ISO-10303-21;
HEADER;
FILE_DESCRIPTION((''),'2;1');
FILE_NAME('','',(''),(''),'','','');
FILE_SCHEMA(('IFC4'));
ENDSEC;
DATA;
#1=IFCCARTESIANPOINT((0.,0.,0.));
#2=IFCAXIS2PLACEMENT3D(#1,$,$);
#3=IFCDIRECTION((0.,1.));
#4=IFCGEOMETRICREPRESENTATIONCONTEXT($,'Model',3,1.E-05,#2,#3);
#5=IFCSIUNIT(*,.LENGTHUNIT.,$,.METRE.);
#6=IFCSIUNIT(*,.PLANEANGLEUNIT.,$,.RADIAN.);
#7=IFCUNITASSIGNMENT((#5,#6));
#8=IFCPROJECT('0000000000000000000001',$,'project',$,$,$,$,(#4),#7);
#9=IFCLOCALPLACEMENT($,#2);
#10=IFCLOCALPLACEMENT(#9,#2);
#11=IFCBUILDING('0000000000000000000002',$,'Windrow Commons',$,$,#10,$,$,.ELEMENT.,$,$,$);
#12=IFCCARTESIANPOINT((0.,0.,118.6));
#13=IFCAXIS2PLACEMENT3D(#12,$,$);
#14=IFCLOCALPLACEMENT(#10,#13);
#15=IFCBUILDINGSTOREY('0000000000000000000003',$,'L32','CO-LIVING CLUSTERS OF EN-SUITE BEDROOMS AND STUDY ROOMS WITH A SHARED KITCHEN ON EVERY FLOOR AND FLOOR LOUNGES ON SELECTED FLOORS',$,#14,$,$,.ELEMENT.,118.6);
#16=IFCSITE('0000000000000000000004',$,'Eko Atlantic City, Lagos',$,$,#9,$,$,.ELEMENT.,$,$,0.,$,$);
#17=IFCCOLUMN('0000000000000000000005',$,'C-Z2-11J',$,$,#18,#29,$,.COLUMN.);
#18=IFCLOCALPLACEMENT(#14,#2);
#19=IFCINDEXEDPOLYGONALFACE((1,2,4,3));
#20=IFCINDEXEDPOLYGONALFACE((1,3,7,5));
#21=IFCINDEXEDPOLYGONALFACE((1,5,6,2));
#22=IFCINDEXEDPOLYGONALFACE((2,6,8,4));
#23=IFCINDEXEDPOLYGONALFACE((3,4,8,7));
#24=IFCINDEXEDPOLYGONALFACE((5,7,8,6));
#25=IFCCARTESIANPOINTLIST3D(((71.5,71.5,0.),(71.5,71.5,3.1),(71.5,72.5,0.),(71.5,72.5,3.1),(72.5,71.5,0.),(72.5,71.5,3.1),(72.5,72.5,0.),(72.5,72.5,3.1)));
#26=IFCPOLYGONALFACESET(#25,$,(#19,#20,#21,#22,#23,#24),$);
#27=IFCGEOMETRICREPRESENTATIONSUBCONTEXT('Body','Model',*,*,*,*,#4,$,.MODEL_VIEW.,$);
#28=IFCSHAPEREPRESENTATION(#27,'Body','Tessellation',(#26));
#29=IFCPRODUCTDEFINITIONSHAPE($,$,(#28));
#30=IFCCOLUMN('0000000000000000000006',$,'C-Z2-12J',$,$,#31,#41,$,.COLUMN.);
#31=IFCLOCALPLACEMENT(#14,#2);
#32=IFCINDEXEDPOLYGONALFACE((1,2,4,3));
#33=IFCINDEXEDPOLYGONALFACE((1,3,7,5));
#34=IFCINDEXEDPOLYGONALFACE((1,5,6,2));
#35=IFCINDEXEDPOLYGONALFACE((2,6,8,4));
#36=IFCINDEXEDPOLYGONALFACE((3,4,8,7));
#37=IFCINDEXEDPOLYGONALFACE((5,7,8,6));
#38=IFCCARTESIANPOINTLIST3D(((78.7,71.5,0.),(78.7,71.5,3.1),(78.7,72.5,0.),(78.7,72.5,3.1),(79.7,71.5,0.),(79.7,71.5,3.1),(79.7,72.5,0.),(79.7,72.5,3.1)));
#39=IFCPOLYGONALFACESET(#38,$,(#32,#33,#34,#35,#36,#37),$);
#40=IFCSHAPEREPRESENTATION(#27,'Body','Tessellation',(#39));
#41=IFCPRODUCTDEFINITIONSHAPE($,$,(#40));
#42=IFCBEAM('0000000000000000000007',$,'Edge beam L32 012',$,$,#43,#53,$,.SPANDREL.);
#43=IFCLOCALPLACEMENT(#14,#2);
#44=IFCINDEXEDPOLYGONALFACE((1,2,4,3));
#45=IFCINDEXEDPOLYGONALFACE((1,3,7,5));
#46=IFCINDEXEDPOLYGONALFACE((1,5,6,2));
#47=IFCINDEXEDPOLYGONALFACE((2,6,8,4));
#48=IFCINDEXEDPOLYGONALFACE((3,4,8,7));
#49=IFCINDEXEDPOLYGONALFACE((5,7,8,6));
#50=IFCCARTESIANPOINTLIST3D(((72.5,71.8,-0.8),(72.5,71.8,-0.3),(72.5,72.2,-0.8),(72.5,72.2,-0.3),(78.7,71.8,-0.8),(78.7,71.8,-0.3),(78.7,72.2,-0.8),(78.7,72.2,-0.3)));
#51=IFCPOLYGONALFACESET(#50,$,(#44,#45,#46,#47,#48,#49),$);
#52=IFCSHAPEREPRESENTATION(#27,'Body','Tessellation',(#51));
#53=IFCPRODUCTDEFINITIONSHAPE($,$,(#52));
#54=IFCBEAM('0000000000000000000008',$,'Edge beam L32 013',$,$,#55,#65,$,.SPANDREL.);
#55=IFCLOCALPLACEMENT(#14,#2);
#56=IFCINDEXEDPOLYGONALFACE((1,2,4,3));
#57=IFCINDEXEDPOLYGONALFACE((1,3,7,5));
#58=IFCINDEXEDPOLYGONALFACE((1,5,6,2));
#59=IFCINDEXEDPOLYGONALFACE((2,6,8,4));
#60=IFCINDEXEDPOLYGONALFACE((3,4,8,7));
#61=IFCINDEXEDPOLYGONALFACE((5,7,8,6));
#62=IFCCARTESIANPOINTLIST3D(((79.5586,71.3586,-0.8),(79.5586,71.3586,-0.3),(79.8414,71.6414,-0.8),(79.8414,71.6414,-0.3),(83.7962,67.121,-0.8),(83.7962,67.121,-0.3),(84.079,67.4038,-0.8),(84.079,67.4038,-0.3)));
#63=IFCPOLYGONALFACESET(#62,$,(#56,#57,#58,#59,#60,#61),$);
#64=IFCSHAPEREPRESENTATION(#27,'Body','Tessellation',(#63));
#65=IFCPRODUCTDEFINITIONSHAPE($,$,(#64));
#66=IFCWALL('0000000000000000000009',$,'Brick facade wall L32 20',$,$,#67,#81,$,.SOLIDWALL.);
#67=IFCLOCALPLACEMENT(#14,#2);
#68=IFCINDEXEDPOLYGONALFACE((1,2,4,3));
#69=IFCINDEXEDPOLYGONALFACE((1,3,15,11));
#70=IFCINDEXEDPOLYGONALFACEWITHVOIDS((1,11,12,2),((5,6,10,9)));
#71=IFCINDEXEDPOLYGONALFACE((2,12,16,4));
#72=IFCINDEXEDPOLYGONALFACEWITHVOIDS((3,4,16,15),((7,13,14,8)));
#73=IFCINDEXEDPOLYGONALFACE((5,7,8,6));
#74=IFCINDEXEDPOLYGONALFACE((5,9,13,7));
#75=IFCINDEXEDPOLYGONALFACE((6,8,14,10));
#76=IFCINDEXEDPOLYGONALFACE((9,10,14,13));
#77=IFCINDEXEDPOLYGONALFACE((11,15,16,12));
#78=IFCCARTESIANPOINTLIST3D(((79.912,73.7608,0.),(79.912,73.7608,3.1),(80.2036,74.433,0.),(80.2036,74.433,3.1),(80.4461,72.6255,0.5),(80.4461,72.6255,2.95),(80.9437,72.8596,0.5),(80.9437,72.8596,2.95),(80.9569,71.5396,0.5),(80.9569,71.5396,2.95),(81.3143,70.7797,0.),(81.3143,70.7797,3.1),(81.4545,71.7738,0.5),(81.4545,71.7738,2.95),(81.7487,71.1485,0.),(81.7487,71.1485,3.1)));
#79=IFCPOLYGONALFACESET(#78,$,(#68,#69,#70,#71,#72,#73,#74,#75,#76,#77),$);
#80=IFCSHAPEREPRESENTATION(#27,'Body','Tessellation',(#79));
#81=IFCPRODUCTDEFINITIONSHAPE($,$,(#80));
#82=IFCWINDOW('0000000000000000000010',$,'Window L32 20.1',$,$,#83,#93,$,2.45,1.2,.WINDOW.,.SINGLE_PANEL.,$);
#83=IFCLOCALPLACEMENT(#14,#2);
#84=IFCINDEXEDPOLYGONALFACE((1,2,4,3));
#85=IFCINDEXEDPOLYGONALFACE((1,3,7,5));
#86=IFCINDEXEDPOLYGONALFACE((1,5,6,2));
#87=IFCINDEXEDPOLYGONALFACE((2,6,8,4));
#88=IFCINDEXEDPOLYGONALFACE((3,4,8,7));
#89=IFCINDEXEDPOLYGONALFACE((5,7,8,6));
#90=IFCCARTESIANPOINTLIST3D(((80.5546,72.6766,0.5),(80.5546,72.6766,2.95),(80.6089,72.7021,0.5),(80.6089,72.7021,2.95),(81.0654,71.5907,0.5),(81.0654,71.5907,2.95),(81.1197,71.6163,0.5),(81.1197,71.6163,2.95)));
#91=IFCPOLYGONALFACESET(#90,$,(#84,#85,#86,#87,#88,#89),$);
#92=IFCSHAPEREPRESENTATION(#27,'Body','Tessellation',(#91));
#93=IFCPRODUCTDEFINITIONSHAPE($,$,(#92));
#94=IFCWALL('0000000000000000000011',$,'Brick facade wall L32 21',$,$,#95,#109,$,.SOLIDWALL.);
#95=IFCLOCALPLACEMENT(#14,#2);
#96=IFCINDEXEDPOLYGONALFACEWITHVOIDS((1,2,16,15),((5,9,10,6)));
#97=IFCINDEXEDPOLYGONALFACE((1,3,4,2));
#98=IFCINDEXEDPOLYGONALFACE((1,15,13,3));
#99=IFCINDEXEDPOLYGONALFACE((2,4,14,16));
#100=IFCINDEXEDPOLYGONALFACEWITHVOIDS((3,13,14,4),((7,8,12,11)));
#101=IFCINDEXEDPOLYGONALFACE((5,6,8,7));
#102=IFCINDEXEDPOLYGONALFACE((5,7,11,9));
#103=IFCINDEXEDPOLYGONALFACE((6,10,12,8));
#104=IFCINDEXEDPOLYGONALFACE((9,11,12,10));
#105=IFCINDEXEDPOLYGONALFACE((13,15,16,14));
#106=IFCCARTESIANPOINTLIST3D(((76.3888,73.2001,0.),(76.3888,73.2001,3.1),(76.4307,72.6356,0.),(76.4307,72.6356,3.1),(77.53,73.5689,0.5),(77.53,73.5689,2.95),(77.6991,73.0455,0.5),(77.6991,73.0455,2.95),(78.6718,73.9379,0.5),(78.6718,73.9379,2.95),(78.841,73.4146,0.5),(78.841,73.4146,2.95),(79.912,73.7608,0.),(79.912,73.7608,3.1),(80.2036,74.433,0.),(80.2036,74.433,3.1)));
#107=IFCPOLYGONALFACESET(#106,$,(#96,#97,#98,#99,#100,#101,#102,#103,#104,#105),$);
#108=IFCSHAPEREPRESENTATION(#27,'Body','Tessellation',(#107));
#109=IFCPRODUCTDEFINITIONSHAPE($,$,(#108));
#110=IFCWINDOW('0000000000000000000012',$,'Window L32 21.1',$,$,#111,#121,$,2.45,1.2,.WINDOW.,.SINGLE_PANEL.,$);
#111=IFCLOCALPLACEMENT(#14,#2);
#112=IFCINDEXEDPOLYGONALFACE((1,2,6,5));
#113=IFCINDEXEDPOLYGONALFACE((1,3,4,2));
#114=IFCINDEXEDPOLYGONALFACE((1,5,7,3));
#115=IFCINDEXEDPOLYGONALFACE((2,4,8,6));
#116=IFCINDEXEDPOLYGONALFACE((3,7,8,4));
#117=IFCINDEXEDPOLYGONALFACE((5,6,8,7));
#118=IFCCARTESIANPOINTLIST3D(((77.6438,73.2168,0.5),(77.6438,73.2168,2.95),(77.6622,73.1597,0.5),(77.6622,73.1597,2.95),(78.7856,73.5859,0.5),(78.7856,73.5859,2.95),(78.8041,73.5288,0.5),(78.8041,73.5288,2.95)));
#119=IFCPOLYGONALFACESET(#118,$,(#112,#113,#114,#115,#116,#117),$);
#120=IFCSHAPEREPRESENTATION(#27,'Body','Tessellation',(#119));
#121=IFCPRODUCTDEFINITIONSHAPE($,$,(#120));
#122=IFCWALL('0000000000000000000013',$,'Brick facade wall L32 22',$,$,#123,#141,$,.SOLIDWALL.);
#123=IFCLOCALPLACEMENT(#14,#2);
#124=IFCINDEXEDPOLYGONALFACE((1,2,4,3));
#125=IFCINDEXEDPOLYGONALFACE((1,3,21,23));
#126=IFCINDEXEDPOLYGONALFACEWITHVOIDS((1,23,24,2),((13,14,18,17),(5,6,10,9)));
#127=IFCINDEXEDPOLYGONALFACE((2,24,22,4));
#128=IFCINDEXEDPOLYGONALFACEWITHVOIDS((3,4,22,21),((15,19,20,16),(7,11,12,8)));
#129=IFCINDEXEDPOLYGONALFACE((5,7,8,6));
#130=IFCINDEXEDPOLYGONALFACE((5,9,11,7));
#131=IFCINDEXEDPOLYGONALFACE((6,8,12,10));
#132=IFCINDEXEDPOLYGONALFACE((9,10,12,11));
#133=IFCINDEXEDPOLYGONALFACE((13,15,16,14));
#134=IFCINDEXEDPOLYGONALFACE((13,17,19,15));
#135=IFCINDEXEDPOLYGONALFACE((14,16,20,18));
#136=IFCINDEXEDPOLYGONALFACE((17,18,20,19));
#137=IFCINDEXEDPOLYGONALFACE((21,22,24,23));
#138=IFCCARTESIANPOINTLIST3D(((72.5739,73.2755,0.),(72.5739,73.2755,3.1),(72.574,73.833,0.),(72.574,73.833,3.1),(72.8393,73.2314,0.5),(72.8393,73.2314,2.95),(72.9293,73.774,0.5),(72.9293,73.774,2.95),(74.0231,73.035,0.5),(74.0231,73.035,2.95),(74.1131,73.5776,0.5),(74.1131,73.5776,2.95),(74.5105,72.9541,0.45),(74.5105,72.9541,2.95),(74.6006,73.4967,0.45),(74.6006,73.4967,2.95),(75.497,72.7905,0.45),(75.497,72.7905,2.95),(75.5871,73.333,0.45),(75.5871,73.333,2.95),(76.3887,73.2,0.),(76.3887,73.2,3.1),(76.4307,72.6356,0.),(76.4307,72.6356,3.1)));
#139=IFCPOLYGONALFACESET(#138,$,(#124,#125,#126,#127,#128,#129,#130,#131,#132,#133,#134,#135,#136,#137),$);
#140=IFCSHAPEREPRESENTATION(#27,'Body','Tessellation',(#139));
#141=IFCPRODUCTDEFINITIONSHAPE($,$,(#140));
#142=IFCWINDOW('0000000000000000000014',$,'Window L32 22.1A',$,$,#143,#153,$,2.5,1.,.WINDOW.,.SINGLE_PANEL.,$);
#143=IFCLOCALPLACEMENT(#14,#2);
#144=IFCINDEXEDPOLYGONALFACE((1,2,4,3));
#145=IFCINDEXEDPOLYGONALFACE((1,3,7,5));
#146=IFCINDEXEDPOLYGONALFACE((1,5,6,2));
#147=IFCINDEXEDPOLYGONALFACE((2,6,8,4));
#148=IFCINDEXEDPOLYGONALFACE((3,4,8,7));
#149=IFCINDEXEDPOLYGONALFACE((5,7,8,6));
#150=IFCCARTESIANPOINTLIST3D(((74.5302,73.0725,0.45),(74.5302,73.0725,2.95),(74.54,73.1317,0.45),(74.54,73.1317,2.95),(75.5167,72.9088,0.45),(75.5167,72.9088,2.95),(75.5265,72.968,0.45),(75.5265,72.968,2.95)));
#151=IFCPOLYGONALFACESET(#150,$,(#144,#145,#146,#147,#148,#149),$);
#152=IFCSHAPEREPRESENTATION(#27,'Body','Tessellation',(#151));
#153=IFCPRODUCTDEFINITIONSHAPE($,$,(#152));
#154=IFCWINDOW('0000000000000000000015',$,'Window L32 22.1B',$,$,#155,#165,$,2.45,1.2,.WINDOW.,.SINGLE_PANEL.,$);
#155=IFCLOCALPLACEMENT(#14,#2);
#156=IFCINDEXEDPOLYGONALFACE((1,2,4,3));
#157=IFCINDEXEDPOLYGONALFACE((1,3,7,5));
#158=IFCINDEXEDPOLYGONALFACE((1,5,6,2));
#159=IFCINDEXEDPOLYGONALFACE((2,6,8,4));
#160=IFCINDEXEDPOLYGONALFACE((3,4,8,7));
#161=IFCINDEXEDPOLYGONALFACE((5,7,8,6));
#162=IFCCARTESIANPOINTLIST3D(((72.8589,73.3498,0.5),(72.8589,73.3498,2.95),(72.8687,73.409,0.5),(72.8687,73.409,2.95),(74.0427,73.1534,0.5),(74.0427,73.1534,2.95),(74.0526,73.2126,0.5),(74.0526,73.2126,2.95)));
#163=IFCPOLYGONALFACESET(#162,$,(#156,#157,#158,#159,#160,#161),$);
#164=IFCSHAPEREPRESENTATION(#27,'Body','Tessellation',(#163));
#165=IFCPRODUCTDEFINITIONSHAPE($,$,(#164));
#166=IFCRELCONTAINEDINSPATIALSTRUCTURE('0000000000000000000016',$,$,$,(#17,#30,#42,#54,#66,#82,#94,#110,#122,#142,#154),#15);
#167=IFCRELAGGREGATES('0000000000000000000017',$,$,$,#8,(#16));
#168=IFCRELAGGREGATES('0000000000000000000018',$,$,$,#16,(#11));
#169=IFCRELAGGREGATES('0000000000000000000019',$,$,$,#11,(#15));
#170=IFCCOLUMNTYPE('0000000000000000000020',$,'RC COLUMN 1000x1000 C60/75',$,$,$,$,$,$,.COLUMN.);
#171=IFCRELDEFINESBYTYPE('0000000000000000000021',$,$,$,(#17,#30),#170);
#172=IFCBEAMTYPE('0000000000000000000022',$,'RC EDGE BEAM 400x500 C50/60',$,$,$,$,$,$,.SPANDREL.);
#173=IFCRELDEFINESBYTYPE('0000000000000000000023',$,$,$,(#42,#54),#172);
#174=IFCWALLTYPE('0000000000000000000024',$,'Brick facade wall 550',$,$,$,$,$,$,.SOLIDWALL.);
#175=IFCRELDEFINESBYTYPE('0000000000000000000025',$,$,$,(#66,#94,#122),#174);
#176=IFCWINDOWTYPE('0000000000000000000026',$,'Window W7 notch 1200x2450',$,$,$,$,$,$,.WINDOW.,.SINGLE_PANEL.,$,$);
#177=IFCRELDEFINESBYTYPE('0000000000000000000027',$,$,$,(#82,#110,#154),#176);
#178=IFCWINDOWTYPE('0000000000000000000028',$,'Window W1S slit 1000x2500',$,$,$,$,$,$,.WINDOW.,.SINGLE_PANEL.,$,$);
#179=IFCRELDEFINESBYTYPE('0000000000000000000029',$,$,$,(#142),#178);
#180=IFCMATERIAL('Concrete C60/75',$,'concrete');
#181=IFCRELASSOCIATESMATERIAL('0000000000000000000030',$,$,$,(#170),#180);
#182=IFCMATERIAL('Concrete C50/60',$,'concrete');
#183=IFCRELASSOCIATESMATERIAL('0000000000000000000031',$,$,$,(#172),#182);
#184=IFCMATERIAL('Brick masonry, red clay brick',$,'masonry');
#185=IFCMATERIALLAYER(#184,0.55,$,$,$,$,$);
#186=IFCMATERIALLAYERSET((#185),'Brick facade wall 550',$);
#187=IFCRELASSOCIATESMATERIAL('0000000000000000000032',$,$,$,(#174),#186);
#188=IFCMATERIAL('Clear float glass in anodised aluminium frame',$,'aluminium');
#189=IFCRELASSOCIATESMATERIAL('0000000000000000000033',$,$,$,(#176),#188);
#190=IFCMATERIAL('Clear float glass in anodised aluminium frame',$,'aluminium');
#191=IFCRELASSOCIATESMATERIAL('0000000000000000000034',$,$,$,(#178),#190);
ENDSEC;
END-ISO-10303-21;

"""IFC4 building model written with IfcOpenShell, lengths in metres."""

from ifc_helpers import new_model, si_unit, direction, frame, frame_2d, origin, origin_2d, place, context, subcontext, project, spatial, polyline, rectangle, outline, extrude, material, layer, layer_set, material_profile, profile_set, type_object, element, fill, save


model = new_model("IFC4")

# Units and contexts
model_context = context("Model", 3, precision=1e-05, world=origin(), true_north=direction((0.0, 1.0)))
body_context = subcontext(model_context, "Body", "Model", "MODEL_VIEW")
ifc_project = project(units=[si_unit("LENGTHUNIT", "METRE"), si_unit("PLANEANGLEUNIT", "RADIAN")], contexts=[model_context])

# Site, building, storey
site_placement = place(None, origin())
site = spatial("IfcSite", under=ifc_project, at=site_placement, Name="Eko Atlantic City, Lagos", CompositionType="ELEMENT", RefElevation=0.0)
building_placement = place(site_placement, origin())
building = spatial("IfcBuilding", under=site, at=building_placement, Name="Windrow Commons", CompositionType="ELEMENT")
storey_placement = place(building_placement, frame((0.0, 0.0, 118.6)))
storey = spatial("IfcBuildingStorey", under=building, at=storey_placement, Name="L32", Description="CO-LIVING CLUSTERS OF EN-SUITE BEDROOMS AND STUDY ROOMS WITH A SHARED KITCHEN ON EVERY FLOOR AND FLOOR LOUNGES ON SELECTED FLOORS", CompositionType="ELEMENT", Elevation=118.6)

# Columns
ifc_material_1 = material(Name="Concrete C60/75", Category="concrete")
ifc_material_profile_1 = material_profile(ifc_material_1, rectangle(XDim=1.0, YDim=1.0, at=origin_2d()))
ifc_profile_set_1 = profile_set([ifc_material_profile_1], Name="Concrete C60/75")
column_type = type_object("IfcColumnType", Name="RC COLUMN 1000x1000 C60/75", PredefinedType="COLUMN", material=ifc_profile_set_1)
for number, where, z_axis, x_axis, name in (
    (1, (72.0, 72.0, 0.0), (0.0, 0.0, 1.0), (1.0, 0.0, 0.0), "C-Z2-11J"),
    (2, (79.2, 72.0, 0.0), (0.0, 0.0, 1.0), (1.0, 0.0, 0.0), "C-Z2-12J"),
):
    element("IfcColumn", number, at=place(storey_placement, frame(where, z_axis=z_axis, x_axis=x_axis)), inside=storey, type_object=column_type, Name=name, PredefinedType="COLUMN", context=body_context, shape_type="SweptSolid", body=[
        extrude(rectangle(XDim=1.0, YDim=1.0, at=origin_2d()), origin(), (0.0, 0.0, 1.0), 3.1),
    ])

# Beams
ifc_material_2 = material(Name="Concrete C50/60", Category="concrete")
ifc_material_profile_2 = material_profile(ifc_material_2, rectangle(XDim=0.4, YDim=0.5, at=origin_2d()))
ifc_profile_set_2 = profile_set([ifc_material_profile_2], Name="Concrete C50/60")
beam_type = type_object("IfcBeamType", Name="RC EDGE BEAM 400x500 C50/60", PredefinedType="SPANDREL", material=ifc_profile_set_2)
beam_1_placement = place(storey_placement, frame((72.5, 72.0, -0.55), z_axis=(1.0, 0.0, 0.0), x_axis=(0.0, 1.0, 0.0)))
element("IfcBeam", 3, at=beam_1_placement, inside=storey, type_object=beam_type, Name="Edge beam L32 012", PredefinedType="SPANDREL", context=body_context, shape_type="SweptSolid", body=[
    extrude(rectangle(XDim=0.4, YDim=0.5, at=origin_2d()), origin(), (0.0, 0.0, 1.0), 6.2),
])
beam_2_placement = place(storey_placement, frame((79.7, 71.5, -0.55), z_axis=(0.707107, -0.707107, 0.0), x_axis=(0.707107, 0.707107, 0.0)))
element("IfcBeam", 4, at=beam_2_placement, inside=storey, type_object=beam_type, Name="Edge beam L32 013", PredefinedType="SPANDREL", context=body_context, shape_type="SweptSolid", body=[
    extrude(rectangle(XDim=0.4, YDim=0.5, at=origin_2d()), origin(), (0.0, 0.0, 1.0), 5.9929),
])

# Walls, openings, windows
ifc_material_3 = material(Name="Brick masonry, red clay brick", Category="masonry")
ifc_layer_1 = layer(ifc_material_3, 0.55)
ifc_layer_set_1 = layer_set([ifc_layer_1], Name="Brick facade wall 550")
wall_type_1 = type_object("IfcWallType", Name="Brick facade wall 550", PredefinedType="SOLIDWALL", material=ifc_layer_set_1)
wall_1_placement = place(storey_placement, frame((81.5315, 70.9641, 0.0), z_axis=(0.0, 0.0, 1.0), x_axis=(-0.425665, 0.904881, 0.0)))
wall_1 = element("IfcWall", 5, at=wall_1_placement, inside=storey, type_object=wall_type_1, Name="Brick facade wall L32 20", PredefinedType="SOLIDWALL", context=body_context, shape_type="SweptSolid", body=[
    extrude(outline(polyline([(0.0744, -0.275), (3.7042, -0.275), (3.22, 0.275), (-0.0744, 0.275), (0.0744, -0.275)])), origin(), (0.0, 0.0, 1.0), 3.1),
])
opening_1_placement = place(wall_1_placement, frame((0.7654, 0.0, 0.5)))
opening_1 = element("IfcOpeningElement", 6, at=opening_1_placement, cuts=wall_1, PredefinedType="OPENING", context=body_context, shape_type="SweptSolid", body=[
    extrude(rectangle(XDim=1.2, YDim=2.45, at=frame_2d((0.6, 1.225))), frame((0.0, 0.285, 0.0), z_axis=(0.0, -1.0, 0.0), x_axis=(1.0, 0.0, 0.0)), (0.0, 0.0, 1.0), 0.57),
])
ifc_material_4 = material(Name="Clear float glass in anodised aluminium frame", Category="aluminium")
window_type_1 = type_object("IfcWindowType", Name="Window W7 notch 1200x2450", PartitioningType="SINGLE_PANEL", PredefinedType="WINDOW", material=ifc_material_4)
window_1_placement = place(opening_1_placement, origin())
window_1 = element("IfcWindow", 7, at=window_1_placement, inside=storey, type_object=window_type_1, Name="Window L32 20.1", OverallHeight=2.45, OverallWidth=1.2, PartitioningType="SINGLE_PANEL", PredefinedType="WINDOW", context=body_context, shape_type="SweptSolid", body=[
    extrude(rectangle(XDim=1.2, YDim=2.45, at=frame_2d((0.6, 1.225))), frame((0.0, 0.155, 0.0), z_axis=(0.0, -1.0, 0.0), x_axis=(1.0, 0.0, 0.0)), (0.0, 0.0, 1.0), 0.06),
])
fill(opening_1, window_1)
wall_2_placement = place(storey_placement, frame((80.0578, 74.0969, 0.0), z_axis=(0.0, 0.0, 1.0), x_axis=(-0.951534, -0.307545, 0.0)))
wall_2 = element("IfcWall", 8, at=wall_2_placement, inside=storey, type_object=wall_type_1, Name="Brick facade wall L32 21", PredefinedType="SOLIDWALL", context=body_context, shape_type="SweptSolid", body=[
    extrude(outline(polyline([(-0.2421, -0.275), (3.767, -0.275), (3.9007, 0.275), (0.2421, 0.275), (-0.2421, -0.275)])), origin(), (0.0, 0.0, 1.0), 3.1),
])
opening_2_placement = place(wall_2_placement, frame((1.3677, 0.0, 0.5)))
opening_2 = element("IfcOpeningElement", 9, at=opening_2_placement, cuts=wall_2, PredefinedType="OPENING", context=body_context, shape_type="SweptSolid", body=[
    extrude(rectangle(XDim=1.2, YDim=2.45, at=frame_2d((0.6, 1.225))), frame((0.0, 0.285, 0.0), z_axis=(0.0, -1.0, 0.0), x_axis=(1.0, 0.0, 0.0)), (0.0, 0.0, 1.0), 0.57),
])
window_2_placement = place(opening_2_placement, origin())
window_2 = element("IfcWindow", 10, at=window_2_placement, inside=storey, type_object=window_type_1, Name="Window L32 21.1", OverallHeight=2.45, OverallWidth=1.2, PartitioningType="SINGLE_PANEL", PredefinedType="WINDOW", context=body_context, shape_type="SweptSolid", body=[
    extrude(rectangle(XDim=1.2, YDim=2.45, at=frame_2d((0.6, 1.225))), frame((0.0, 0.155, 0.0), z_axis=(0.0, -1.0, 0.0), x_axis=(1.0, 0.0, 0.0)), (0.0, 0.0, 1.0), 0.06),
])
fill(opening_2, window_2)

# Wall, openings, windows
wall_3_placement = place(storey_placement, frame((76.4097, 72.9178, 0.0), z_axis=(0.0, 0.0, 1.0), x_axis=(-0.986514, 0.163677, 0.0)))
wall_3 = element("IfcWall", 11, at=wall_3_placement, inside=storey, type_object=wall_type_1, Name="Brick facade wall L32 22", PredefinedType="SOLIDWALL", context=body_context, shape_type="SweptSolid", body=[
    extrude(outline(polyline([(0.0669, -0.275), (3.9338, -0.275), (3.8426, 0.275), (-0.0669, 0.275), (0.0669, -0.275)])), origin(), (0.0, 0.0, 1.0), 3.1),
])
opening_3_placement = place(wall_3_placement, frame((0.8795, 0.0, 0.45)))
opening_3 = element("IfcOpeningElement", 12, at=opening_3_placement, cuts=wall_3, PredefinedType="OPENING", context=body_context, shape_type="SweptSolid", body=[
    extrude(rectangle(XDim=1.0, YDim=2.5, at=frame_2d((0.5, 1.25))), frame((0.0, 0.285, 0.0), z_axis=(0.0, -1.0, 0.0), x_axis=(1.0, 0.0, 0.0)), (0.0, 0.0, 1.0), 0.57),
])
opening_4_placement = place(wall_3_placement, frame((2.3736, 0.0, 0.5)))
opening_4 = element("IfcOpeningElement", 13, at=opening_4_placement, cuts=wall_3, PredefinedType="OPENING", context=body_context, shape_type="SweptSolid", body=[
    extrude(rectangle(XDim=1.2, YDim=2.45, at=frame_2d((0.6, 1.225))), frame((0.0, 0.285, 0.0), z_axis=(0.0, -1.0, 0.0), x_axis=(1.0, 0.0, 0.0)), (0.0, 0.0, 1.0), 0.57),
])
ifc_material_5 = material(Name="Clear float glass in anodised aluminium frame", Category="aluminium")
window_type_2 = type_object("IfcWindowType", Name="Window W1S slit 1000x2500", PartitioningType="SINGLE_PANEL", PredefinedType="WINDOW", material=ifc_material_5)
window_3_placement = place(opening_3_placement, origin())
window_3 = element("IfcWindow", 14, at=window_3_placement, inside=storey, type_object=window_type_2, Name="Window L32 22.1A", OverallHeight=2.5, OverallWidth=1.0, PartitioningType="SINGLE_PANEL", PredefinedType="WINDOW", context=body_context, shape_type="SweptSolid", body=[
    extrude(rectangle(XDim=1.0, YDim=2.5, at=frame_2d((0.5, 1.25))), frame((0.0, 0.155, 0.0), z_axis=(0.0, -1.0, 0.0), x_axis=(1.0, 0.0, 0.0)), (0.0, 0.0, 1.0), 0.06),
])
fill(opening_3, window_3)
window_4_placement = place(opening_4_placement, origin())
window_4 = element("IfcWindow", 15, at=window_4_placement, inside=storey, type_object=window_type_1, Name="Window L32 22.1B", OverallHeight=2.45, OverallWidth=1.2, PartitioningType="SINGLE_PANEL", PredefinedType="WINDOW", context=body_context, shape_type="SweptSolid", body=[
    extrude(rectangle(XDim=1.2, YDim=2.45, at=frame_2d((0.6, 1.225))), frame((0.0, 0.155, 0.0), z_axis=(0.0, -1.0, 0.0), x_axis=(1.0, 0.0, 0.0)), (0.0, 0.0, 1.0), 0.06),
])
fill(opening_4, window_4)

save(model, "model.ifc")
